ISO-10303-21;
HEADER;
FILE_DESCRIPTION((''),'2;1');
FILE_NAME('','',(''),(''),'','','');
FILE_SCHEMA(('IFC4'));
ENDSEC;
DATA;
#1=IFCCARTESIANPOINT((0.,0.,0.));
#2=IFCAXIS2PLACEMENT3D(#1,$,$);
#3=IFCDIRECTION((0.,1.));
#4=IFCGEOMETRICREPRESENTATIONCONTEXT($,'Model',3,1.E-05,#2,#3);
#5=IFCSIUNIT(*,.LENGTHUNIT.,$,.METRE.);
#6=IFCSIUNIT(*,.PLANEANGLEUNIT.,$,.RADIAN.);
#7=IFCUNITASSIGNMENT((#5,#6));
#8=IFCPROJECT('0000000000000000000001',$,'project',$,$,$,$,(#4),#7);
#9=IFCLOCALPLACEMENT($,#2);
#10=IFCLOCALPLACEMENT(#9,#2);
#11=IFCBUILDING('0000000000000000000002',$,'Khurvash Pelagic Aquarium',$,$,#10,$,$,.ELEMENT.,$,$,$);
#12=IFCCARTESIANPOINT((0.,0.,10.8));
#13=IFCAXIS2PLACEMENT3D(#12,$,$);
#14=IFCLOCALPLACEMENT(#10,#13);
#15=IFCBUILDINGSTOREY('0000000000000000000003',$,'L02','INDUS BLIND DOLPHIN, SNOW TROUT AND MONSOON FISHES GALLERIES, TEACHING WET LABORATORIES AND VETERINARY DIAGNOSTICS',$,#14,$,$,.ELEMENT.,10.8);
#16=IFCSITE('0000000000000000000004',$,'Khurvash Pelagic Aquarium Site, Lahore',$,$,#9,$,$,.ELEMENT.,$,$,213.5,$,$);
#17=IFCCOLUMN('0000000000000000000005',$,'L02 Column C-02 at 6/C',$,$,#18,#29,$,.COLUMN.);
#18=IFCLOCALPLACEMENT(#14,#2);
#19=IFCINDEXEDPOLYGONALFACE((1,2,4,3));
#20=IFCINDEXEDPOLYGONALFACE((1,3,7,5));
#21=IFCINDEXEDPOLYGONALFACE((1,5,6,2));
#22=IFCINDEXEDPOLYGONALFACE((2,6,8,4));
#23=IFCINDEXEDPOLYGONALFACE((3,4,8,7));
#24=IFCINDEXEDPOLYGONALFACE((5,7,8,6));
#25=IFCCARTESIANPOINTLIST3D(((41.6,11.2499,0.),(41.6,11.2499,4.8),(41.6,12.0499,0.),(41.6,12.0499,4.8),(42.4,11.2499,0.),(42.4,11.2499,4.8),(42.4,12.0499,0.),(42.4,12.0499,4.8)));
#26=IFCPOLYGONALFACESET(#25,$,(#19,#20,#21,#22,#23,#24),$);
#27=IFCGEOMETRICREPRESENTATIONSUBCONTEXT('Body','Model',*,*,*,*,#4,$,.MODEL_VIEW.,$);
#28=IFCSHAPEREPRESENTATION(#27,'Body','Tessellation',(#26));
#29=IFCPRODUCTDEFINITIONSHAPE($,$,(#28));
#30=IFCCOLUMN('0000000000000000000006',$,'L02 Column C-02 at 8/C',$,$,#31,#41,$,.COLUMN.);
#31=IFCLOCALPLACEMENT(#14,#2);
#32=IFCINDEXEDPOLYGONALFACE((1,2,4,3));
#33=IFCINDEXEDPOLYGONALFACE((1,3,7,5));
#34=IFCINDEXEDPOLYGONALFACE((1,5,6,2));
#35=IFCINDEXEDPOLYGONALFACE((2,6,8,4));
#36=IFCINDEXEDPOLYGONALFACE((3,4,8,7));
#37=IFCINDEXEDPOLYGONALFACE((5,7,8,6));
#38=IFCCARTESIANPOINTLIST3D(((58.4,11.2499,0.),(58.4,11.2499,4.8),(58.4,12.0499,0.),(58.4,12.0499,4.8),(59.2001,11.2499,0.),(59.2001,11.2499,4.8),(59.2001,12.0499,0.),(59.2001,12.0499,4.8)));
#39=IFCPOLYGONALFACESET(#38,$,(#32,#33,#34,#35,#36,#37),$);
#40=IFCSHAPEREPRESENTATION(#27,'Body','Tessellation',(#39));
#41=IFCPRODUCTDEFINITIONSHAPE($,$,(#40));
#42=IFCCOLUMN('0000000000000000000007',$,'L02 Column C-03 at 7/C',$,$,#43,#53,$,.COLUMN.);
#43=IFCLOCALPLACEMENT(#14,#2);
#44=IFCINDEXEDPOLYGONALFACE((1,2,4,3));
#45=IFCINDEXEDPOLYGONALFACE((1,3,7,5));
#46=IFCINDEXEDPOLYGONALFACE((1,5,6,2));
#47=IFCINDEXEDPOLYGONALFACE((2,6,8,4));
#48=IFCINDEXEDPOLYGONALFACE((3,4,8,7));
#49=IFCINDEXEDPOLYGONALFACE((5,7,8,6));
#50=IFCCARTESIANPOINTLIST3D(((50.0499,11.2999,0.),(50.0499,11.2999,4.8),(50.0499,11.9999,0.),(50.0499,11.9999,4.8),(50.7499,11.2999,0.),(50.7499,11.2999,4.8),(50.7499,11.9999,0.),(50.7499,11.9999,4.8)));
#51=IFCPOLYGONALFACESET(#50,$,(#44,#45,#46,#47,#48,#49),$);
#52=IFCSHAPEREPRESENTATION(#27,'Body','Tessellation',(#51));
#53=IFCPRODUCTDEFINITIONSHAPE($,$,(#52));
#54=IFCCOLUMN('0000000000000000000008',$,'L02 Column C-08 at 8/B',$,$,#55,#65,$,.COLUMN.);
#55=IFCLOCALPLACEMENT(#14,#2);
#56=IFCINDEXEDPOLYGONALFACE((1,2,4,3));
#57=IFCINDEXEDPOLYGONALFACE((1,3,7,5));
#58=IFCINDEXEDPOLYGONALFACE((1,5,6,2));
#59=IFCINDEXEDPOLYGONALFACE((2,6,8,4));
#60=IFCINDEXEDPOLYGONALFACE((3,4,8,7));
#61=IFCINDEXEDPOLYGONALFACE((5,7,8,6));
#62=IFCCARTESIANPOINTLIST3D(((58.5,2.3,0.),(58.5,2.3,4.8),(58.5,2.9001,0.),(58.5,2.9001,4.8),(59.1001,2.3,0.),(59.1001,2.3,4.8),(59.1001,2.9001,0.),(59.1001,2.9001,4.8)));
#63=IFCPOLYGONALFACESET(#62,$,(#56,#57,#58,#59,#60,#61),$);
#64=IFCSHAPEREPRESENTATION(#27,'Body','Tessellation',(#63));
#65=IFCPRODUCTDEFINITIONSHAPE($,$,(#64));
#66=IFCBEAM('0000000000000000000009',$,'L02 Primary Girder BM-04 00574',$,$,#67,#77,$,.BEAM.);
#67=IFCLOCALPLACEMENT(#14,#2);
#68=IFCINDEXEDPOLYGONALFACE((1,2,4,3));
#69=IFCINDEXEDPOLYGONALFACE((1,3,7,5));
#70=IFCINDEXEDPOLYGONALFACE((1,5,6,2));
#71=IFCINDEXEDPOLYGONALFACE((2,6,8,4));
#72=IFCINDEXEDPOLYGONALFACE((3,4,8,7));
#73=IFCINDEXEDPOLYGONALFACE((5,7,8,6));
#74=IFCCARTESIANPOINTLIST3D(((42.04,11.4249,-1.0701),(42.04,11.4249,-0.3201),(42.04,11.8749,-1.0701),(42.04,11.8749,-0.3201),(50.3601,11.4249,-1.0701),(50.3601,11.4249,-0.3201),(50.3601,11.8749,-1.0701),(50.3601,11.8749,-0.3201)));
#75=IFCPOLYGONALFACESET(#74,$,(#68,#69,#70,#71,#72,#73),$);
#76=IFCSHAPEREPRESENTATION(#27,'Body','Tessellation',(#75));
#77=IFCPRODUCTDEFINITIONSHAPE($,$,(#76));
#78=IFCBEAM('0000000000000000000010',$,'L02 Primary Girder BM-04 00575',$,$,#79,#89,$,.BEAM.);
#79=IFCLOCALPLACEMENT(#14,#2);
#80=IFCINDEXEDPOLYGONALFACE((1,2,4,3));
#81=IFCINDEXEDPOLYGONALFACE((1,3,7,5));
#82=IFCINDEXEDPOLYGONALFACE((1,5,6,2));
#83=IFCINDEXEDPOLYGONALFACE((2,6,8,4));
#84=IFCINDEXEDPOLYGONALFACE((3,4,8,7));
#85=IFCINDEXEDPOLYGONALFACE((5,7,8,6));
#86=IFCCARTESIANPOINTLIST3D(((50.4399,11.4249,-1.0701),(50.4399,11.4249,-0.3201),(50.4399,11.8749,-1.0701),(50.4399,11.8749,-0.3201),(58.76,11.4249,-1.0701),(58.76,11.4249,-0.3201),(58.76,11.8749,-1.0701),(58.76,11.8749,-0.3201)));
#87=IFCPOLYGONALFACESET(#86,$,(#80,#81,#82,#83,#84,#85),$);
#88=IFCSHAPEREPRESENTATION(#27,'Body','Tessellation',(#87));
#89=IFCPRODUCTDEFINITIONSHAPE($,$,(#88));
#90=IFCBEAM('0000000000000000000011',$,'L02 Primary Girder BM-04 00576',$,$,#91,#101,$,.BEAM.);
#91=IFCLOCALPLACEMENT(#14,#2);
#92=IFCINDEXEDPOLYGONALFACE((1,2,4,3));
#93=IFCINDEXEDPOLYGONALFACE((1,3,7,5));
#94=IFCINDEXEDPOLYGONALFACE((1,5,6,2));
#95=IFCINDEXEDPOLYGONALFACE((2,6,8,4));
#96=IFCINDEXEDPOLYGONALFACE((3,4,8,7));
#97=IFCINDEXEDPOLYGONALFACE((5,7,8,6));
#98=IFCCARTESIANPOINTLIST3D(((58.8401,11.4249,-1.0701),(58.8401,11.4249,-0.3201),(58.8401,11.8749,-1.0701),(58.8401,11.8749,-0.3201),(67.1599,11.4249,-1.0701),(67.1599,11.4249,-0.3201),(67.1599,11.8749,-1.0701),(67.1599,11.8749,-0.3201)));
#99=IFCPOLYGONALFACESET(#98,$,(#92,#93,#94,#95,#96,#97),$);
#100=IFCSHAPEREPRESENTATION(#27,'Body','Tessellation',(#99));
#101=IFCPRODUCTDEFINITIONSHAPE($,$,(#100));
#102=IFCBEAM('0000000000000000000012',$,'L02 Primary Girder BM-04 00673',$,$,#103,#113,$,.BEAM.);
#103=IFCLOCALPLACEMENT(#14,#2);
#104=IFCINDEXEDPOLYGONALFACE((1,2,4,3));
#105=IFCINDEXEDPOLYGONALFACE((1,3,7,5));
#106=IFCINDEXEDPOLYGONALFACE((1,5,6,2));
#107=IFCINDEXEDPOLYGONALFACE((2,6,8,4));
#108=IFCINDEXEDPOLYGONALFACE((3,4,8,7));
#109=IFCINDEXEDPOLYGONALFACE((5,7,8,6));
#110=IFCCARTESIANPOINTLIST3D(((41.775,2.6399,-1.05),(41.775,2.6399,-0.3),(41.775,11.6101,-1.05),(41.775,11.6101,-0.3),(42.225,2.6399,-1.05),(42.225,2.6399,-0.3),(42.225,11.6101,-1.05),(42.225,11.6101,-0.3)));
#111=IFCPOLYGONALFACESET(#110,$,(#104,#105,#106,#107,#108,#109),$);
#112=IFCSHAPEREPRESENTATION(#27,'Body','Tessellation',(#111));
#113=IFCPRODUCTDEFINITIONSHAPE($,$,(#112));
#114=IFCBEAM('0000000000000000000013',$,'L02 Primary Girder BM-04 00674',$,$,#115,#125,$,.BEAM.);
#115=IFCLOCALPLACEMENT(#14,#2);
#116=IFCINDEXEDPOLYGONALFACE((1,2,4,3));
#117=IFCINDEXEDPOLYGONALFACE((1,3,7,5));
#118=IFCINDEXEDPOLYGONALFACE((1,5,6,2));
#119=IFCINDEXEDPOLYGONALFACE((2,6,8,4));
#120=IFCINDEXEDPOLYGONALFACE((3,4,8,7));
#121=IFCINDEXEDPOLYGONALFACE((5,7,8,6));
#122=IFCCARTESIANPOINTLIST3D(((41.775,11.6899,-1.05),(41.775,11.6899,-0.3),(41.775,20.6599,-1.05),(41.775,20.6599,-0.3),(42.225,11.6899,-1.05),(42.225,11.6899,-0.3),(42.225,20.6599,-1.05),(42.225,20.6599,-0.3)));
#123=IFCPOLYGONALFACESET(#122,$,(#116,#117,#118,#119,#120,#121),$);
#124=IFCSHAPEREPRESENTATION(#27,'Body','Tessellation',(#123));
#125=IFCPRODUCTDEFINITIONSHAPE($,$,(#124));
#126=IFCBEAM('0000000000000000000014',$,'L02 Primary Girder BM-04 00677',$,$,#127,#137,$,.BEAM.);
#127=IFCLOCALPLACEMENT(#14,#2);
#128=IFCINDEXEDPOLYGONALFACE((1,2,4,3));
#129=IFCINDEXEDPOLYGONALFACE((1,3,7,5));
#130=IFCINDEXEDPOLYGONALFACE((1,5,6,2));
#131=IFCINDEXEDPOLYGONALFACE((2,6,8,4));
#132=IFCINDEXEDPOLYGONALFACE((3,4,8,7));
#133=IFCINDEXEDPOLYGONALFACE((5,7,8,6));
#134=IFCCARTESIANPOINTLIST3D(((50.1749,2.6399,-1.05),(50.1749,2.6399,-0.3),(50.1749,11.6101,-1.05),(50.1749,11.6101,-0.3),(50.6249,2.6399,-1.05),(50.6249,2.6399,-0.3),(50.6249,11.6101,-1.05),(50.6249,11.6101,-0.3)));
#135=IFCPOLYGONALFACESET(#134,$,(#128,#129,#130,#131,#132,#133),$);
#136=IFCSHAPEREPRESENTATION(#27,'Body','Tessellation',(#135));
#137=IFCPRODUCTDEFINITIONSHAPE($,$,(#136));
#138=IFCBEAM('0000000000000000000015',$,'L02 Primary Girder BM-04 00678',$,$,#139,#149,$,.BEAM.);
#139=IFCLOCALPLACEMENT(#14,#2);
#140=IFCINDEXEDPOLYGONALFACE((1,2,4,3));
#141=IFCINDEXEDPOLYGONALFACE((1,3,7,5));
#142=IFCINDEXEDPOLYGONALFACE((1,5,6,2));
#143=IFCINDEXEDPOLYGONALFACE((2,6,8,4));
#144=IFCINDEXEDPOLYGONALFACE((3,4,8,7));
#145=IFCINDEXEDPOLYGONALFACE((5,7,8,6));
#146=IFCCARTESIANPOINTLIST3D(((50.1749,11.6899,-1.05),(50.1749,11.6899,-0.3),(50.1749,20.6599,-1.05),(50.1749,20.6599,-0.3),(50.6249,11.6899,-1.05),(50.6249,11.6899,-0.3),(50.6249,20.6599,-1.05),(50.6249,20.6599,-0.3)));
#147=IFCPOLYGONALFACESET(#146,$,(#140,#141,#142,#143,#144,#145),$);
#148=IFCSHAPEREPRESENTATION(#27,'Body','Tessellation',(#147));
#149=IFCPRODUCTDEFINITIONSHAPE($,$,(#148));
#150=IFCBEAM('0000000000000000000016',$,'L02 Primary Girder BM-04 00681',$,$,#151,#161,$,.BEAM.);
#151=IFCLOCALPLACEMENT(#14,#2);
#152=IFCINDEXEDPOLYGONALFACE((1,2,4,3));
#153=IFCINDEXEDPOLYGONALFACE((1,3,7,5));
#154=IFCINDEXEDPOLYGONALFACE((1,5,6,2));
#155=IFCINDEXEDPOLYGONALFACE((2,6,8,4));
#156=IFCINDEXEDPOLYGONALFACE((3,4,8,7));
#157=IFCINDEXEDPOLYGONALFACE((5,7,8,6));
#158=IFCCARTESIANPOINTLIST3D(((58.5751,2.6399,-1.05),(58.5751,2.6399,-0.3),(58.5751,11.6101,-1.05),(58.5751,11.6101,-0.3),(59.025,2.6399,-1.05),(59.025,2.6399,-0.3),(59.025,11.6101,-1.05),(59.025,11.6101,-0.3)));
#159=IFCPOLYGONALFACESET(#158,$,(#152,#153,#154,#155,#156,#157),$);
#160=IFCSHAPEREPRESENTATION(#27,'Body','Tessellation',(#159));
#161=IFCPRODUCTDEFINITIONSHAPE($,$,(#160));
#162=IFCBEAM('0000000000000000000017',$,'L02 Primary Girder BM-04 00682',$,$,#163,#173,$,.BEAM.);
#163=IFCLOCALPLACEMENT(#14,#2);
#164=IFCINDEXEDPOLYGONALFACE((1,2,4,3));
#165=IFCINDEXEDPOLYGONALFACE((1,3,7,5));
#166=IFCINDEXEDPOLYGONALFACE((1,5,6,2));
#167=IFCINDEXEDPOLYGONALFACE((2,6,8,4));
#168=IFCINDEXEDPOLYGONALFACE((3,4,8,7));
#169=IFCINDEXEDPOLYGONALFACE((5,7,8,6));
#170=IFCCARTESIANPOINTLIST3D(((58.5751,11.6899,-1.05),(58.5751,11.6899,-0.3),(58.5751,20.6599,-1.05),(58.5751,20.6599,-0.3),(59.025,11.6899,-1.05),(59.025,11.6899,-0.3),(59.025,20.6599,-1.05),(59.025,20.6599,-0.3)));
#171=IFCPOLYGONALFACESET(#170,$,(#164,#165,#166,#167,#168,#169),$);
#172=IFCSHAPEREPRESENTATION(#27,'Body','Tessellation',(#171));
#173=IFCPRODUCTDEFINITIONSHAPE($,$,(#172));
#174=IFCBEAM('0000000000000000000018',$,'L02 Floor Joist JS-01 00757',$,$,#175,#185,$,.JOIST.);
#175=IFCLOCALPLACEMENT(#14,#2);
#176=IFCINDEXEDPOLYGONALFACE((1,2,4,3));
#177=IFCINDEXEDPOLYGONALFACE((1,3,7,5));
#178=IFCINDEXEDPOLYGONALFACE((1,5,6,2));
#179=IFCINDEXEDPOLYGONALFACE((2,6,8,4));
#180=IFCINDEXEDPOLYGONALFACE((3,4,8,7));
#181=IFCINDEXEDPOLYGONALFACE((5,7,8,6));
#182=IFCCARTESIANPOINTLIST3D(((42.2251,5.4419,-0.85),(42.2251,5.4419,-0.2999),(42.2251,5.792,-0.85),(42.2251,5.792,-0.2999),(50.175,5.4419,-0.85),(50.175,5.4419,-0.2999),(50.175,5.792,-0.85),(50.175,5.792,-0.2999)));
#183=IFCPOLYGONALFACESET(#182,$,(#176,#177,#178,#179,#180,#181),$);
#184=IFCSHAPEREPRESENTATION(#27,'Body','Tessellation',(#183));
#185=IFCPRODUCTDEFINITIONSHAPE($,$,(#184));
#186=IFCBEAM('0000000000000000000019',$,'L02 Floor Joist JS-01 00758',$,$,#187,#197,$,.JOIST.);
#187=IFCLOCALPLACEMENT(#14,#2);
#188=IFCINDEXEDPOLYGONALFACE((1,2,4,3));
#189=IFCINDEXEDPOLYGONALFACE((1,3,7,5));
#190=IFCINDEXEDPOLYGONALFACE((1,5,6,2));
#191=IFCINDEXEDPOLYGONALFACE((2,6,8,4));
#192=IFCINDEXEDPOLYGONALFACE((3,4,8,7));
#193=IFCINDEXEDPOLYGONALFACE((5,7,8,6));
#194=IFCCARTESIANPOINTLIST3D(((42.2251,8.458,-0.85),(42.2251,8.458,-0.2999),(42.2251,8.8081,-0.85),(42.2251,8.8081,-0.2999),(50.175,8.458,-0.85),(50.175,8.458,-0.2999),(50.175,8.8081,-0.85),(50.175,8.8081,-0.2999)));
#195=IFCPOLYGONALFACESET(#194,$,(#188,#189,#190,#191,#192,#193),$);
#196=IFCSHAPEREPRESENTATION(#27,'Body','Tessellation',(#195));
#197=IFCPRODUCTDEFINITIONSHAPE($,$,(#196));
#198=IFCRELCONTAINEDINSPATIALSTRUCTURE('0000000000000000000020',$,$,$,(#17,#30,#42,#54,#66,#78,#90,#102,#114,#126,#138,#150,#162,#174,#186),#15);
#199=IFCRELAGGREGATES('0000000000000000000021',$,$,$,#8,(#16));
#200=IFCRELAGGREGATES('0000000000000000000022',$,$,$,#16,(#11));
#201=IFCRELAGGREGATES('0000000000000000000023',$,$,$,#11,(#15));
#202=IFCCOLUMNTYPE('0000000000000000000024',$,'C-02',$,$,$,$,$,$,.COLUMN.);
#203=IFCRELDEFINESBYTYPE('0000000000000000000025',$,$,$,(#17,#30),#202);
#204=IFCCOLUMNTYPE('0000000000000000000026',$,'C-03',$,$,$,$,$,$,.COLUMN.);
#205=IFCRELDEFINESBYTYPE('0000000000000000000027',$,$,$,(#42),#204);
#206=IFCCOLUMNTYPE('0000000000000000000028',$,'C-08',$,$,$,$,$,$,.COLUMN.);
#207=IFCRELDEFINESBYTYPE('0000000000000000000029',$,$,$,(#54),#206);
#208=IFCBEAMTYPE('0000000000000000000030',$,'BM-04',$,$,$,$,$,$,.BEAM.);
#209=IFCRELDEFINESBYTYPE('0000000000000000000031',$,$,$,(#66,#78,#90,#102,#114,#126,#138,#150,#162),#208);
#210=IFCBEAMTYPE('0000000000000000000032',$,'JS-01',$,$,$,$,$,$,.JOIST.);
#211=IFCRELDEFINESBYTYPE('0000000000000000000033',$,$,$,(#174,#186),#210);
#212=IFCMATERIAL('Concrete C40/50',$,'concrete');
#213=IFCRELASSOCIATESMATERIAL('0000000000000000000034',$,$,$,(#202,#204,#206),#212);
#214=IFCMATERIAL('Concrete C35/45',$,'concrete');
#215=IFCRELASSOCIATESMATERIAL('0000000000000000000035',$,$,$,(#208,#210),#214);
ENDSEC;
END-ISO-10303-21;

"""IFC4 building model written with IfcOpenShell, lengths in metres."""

from ifc_helpers import new_model, si_unit, direction, frame, origin, origin_2d, place, context, subcontext, project, spatial, rectangle, extrude, material, material_profile, profile_set, type_object, element, save


model = new_model("IFC4")

# Units and contexts
model_context = context("Model", 3, precision=1e-05, world=origin(), true_north=direction((0.0, 1.0)))
body_context = subcontext(model_context, "Body", "Model", "MODEL_VIEW")
ifc_project = project(units=[si_unit("LENGTHUNIT", "METRE"), si_unit("PLANEANGLEUNIT", "RADIAN")], contexts=[model_context])

# Site, building, storey
site_placement = place(None, origin())
site = spatial("IfcSite", under=ifc_project, at=site_placement, Name="Khurvash Pelagic Aquarium Site, Lahore", CompositionType="ELEMENT", RefElevation=213.5)
building_placement = place(site_placement, origin())
building = spatial("IfcBuilding", under=site, at=building_placement, Name="Khurvash Pelagic Aquarium", CompositionType="ELEMENT")
storey_placement = place(building_placement, frame((0.0, 0.0, 10.8)))
storey = spatial("IfcBuildingStorey", under=building, at=storey_placement, Name="L02", Description="INDUS BLIND DOLPHIN, SNOW TROUT AND MONSOON FISHES GALLERIES, TEACHING WET LABORATORIES AND VETERINARY DIAGNOSTICS", CompositionType="ELEMENT", Elevation=10.8)

# Columns
ifc_material_1 = material(Name="Concrete C40/50", Category="concrete")
ifc_material_profile_1 = material_profile(ifc_material_1, rectangle(XDim=0.8, YDim=0.8, at=origin_2d()), Name="RC800X800")
ifc_profile_set_1 = profile_set([ifc_material_profile_1], Name="Concrete C40/50")
column_type_1 = type_object("IfcColumnType", Name="C-02", PredefinedType="COLUMN", material=ifc_profile_set_1)
for number, where, z_axis, x_axis, name in (
    (1, (42.0, 11.6499, 0.0), (0.0, 0.0, 1.0), (1.0, 0.0, 0.0), "L02 Column C-02 at 6/C"),
    (2, (58.8, 11.6499, 0.0), (0.0, 0.0, 1.0), (1.0, 0.0, 0.0), "L02 Column C-02 at 8/C"),
):
    element("IfcColumn", number, at=place(storey_placement, frame(where, z_axis=z_axis, x_axis=x_axis)), inside=storey, type_object=column_type_1, Name=name, PredefinedType="COLUMN", context=body_context, shape_type="SweptSolid", body=[
        extrude(rectangle(XDim=0.8, YDim=0.8, at=origin_2d()), origin(), (0.0, 0.0, 1.0), 4.8),
    ])
ifc_material_profile_2 = material_profile(ifc_material_1, rectangle(XDim=0.7, YDim=0.7, at=origin_2d()), Name="RC700X700")
ifc_profile_set_2 = profile_set([ifc_material_profile_2], Name="Concrete C40/50")
column_type_2 = type_object("IfcColumnType", Name="C-03", PredefinedType="COLUMN", material=ifc_profile_set_2)
column_1_placement = place(storey_placement, frame((50.3999, 11.6499, 0.0), z_axis=(0.0, 0.0, 1.0), x_axis=(1.0, 0.0, 0.0)))
element("IfcColumn", 3, at=column_1_placement, inside=storey, type_object=column_type_2, Name="L02 Column C-03 at 7/C", PredefinedType="COLUMN", context=body_context, shape_type="SweptSolid", body=[
    extrude(rectangle(XDim=0.7, YDim=0.7, at=origin_2d()), origin(), (0.0, 0.0, 1.0), 4.8),
])
ifc_material_profile_3 = material_profile(ifc_material_1, rectangle(XDim=0.6001, YDim=0.6001, at=origin_2d()), Name="RC600X600")
ifc_profile_set_3 = profile_set([ifc_material_profile_3], Name="Concrete C40/50")
column_type_3 = type_object("IfcColumnType", Name="C-08", PredefinedType="COLUMN", material=ifc_profile_set_3)
column_2_placement = place(storey_placement, frame((58.8, 2.6001, 0.0), z_axis=(0.0, 0.0, 1.0), x_axis=(1.0, 0.0, 0.0)))
element("IfcColumn", 4, at=column_2_placement, inside=storey, type_object=column_type_3, Name="L02 Column C-08 at 8/B", PredefinedType="COLUMN", context=body_context, shape_type="SweptSolid", body=[
    extrude(rectangle(XDim=0.6001, YDim=0.6001, at=origin_2d()), origin(), (0.0, 0.0, 1.0), 4.8),
])

# Beams
ifc_material_2 = material(Name="Concrete C35/45", Category="concrete")
ifc_material_profile_4 = material_profile(ifc_material_2, rectangle(XDim=0.45, YDim=0.75, at=origin_2d()), Name="RC450X750")
ifc_profile_set_4 = profile_set([ifc_material_profile_4], Name="Concrete C35/45")
beam_type_1 = type_object("IfcBeamType", Name="BM-04", PredefinedType="BEAM", material=ifc_profile_set_4)
for number, where, z_axis, x_axis, name in (
    (5, (42.04, 11.6499, -0.6951), (1.0, 0.0, 0.0), (0.0, 1.0, 0.0), "L02 Primary Girder BM-04 00574"),
    (6, (50.4399, 11.6499, -0.6951), (1.0, 0.0, 0.0), (0.0, 1.0, 0.0), "L02 Primary Girder BM-04 00575"),
):
    element("IfcBeam", number, at=place(storey_placement, frame(where, z_axis=z_axis, x_axis=x_axis)), inside=storey, type_object=beam_type_1, Name=name, PredefinedType="BEAM", context=body_context, shape_type="SweptSolid", body=[
        extrude(rectangle(XDim=0.45, YDim=0.75, at=origin_2d()), origin(), (0.0, 0.0, 1.0), 8.3201),
    ])
beam_1_placement = place(storey_placement, frame((58.8401, 11.6499, -0.6951), z_axis=(1.0, 0.0, 0.0), x_axis=(0.0, 1.0, 0.0)))
element("IfcBeam", 7, at=beam_1_placement, inside=storey, type_object=beam_type_1, Name="L02 Primary Girder BM-04 00576", PredefinedType="BEAM", context=body_context, shape_type="SweptSolid", body=[
    extrude(rectangle(XDim=0.45, YDim=0.75, at=origin_2d()), origin(), (0.0, 0.0, 1.0), 8.3198),
])
beam_2_placement = place(storey_placement, frame((42.0, 2.6399, -0.675), z_axis=(0.0, 1.0, 0.0), x_axis=(-1.0, 0.0, 0.0)))
element("IfcBeam", 8, at=beam_2_placement, inside=storey, type_object=beam_type_1, Name="L02 Primary Girder BM-04 00673", PredefinedType="BEAM", context=body_context, shape_type="SweptSolid", body=[
    extrude(rectangle(XDim=0.45, YDim=0.75, at=origin_2d()), origin(), (0.0, 0.0, 1.0), 8.9702),
])
beam_3_placement = place(storey_placement, frame((42.0, 11.6899, -0.675), z_axis=(0.0, 1.0, 0.0), x_axis=(-1.0, 0.0, 0.0)))
element("IfcBeam", 9, at=beam_3_placement, inside=storey, type_object=beam_type_1, Name="L02 Primary Girder BM-04 00674", PredefinedType="BEAM", context=body_context, shape_type="SweptSolid", body=[
    extrude(rectangle(XDim=0.45, YDim=0.75, at=origin_2d()), origin(), (0.0, 0.0, 1.0), 8.97),
])
beam_4_placement = place(storey_placement, frame((50.3999, 2.6399, -0.675), z_axis=(0.0, 1.0, 0.0), x_axis=(-1.0, 0.0, 0.0)))
element("IfcBeam", 10, at=beam_4_placement, inside=storey, type_object=beam_type_1, Name="L02 Primary Girder BM-04 00677", PredefinedType="BEAM", context=body_context, shape_type="SweptSolid", body=[
    extrude(rectangle(XDim=0.45, YDim=0.75, at=origin_2d()), origin(), (0.0, 0.0, 1.0), 8.9702),
])
beam_5_placement = place(storey_placement, frame((50.3999, 11.6899, -0.675), z_axis=(0.0, 1.0, 0.0), x_axis=(-1.0, 0.0, 0.0)))
element("IfcBeam", 11, at=beam_5_placement, inside=storey, type_object=beam_type_1, Name="L02 Primary Girder BM-04 00678", PredefinedType="BEAM", context=body_context, shape_type="SweptSolid", body=[
    extrude(rectangle(XDim=0.45, YDim=0.75, at=origin_2d()), origin(), (0.0, 0.0, 1.0), 8.97),
])
beam_6_placement = place(storey_placement, frame((58.8, 2.6399, -0.675), z_axis=(0.0, 1.0, 0.0), x_axis=(-1.0, 0.0, 0.0)))
element("IfcBeam", 12, at=beam_6_placement, inside=storey, type_object=beam_type_1, Name="L02 Primary Girder BM-04 00681", PredefinedType="BEAM", context=body_context, shape_type="SweptSolid", body=[
    extrude(rectangle(XDim=0.45, YDim=0.75, at=origin_2d()), origin(), (0.0, 0.0, 1.0), 8.9702),
])
beam_7_placement = place(storey_placement, frame((58.8, 11.6899, -0.675), z_axis=(0.0, 1.0, 0.0), x_axis=(-1.0, 0.0, 0.0)))
element("IfcBeam", 13, at=beam_7_placement, inside=storey, type_object=beam_type_1, Name="L02 Primary Girder BM-04 00682", PredefinedType="BEAM", context=body_context, shape_type="SweptSolid", body=[
    extrude(rectangle(XDim=0.45, YDim=0.75, at=origin_2d()), origin(), (0.0, 0.0, 1.0), 8.97),
])
ifc_material_profile_5 = material_profile(ifc_material_2, rectangle(XDim=0.3501, YDim=0.55, at=origin_2d()), Name="RC350X550")
ifc_profile_set_5 = profile_set([ifc_material_profile_5], Name="Concrete C35/45")
beam_type_2 = type_object("IfcBeamType", Name="JS-01", PredefinedType="JOIST", material=ifc_profile_set_5)
for number, where, z_axis, x_axis, name in (
    (14, (42.2251, 5.6169, -0.575), (1.0, 0.0, 0.0), (0.0, 1.0, 0.0), "L02 Floor Joist JS-01 00757"),
    (15, (42.2251, 8.6331, -0.575), (1.0, 0.0, 0.0), (0.0, 1.0, 0.0), "L02 Floor Joist JS-01 00758"),
):
    element("IfcBeam", number, at=place(storey_placement, frame(where, z_axis=z_axis, x_axis=x_axis)), inside=storey, type_object=beam_type_2, Name=name, PredefinedType="JOIST", context=body_context, shape_type="SweptSolid", body=[
        extrude(rectangle(XDim=0.3501, YDim=0.55, at=origin_2d()), origin(), (0.0, 0.0, 1.0), 7.95),
    ])

save(model, "model.ifc")
